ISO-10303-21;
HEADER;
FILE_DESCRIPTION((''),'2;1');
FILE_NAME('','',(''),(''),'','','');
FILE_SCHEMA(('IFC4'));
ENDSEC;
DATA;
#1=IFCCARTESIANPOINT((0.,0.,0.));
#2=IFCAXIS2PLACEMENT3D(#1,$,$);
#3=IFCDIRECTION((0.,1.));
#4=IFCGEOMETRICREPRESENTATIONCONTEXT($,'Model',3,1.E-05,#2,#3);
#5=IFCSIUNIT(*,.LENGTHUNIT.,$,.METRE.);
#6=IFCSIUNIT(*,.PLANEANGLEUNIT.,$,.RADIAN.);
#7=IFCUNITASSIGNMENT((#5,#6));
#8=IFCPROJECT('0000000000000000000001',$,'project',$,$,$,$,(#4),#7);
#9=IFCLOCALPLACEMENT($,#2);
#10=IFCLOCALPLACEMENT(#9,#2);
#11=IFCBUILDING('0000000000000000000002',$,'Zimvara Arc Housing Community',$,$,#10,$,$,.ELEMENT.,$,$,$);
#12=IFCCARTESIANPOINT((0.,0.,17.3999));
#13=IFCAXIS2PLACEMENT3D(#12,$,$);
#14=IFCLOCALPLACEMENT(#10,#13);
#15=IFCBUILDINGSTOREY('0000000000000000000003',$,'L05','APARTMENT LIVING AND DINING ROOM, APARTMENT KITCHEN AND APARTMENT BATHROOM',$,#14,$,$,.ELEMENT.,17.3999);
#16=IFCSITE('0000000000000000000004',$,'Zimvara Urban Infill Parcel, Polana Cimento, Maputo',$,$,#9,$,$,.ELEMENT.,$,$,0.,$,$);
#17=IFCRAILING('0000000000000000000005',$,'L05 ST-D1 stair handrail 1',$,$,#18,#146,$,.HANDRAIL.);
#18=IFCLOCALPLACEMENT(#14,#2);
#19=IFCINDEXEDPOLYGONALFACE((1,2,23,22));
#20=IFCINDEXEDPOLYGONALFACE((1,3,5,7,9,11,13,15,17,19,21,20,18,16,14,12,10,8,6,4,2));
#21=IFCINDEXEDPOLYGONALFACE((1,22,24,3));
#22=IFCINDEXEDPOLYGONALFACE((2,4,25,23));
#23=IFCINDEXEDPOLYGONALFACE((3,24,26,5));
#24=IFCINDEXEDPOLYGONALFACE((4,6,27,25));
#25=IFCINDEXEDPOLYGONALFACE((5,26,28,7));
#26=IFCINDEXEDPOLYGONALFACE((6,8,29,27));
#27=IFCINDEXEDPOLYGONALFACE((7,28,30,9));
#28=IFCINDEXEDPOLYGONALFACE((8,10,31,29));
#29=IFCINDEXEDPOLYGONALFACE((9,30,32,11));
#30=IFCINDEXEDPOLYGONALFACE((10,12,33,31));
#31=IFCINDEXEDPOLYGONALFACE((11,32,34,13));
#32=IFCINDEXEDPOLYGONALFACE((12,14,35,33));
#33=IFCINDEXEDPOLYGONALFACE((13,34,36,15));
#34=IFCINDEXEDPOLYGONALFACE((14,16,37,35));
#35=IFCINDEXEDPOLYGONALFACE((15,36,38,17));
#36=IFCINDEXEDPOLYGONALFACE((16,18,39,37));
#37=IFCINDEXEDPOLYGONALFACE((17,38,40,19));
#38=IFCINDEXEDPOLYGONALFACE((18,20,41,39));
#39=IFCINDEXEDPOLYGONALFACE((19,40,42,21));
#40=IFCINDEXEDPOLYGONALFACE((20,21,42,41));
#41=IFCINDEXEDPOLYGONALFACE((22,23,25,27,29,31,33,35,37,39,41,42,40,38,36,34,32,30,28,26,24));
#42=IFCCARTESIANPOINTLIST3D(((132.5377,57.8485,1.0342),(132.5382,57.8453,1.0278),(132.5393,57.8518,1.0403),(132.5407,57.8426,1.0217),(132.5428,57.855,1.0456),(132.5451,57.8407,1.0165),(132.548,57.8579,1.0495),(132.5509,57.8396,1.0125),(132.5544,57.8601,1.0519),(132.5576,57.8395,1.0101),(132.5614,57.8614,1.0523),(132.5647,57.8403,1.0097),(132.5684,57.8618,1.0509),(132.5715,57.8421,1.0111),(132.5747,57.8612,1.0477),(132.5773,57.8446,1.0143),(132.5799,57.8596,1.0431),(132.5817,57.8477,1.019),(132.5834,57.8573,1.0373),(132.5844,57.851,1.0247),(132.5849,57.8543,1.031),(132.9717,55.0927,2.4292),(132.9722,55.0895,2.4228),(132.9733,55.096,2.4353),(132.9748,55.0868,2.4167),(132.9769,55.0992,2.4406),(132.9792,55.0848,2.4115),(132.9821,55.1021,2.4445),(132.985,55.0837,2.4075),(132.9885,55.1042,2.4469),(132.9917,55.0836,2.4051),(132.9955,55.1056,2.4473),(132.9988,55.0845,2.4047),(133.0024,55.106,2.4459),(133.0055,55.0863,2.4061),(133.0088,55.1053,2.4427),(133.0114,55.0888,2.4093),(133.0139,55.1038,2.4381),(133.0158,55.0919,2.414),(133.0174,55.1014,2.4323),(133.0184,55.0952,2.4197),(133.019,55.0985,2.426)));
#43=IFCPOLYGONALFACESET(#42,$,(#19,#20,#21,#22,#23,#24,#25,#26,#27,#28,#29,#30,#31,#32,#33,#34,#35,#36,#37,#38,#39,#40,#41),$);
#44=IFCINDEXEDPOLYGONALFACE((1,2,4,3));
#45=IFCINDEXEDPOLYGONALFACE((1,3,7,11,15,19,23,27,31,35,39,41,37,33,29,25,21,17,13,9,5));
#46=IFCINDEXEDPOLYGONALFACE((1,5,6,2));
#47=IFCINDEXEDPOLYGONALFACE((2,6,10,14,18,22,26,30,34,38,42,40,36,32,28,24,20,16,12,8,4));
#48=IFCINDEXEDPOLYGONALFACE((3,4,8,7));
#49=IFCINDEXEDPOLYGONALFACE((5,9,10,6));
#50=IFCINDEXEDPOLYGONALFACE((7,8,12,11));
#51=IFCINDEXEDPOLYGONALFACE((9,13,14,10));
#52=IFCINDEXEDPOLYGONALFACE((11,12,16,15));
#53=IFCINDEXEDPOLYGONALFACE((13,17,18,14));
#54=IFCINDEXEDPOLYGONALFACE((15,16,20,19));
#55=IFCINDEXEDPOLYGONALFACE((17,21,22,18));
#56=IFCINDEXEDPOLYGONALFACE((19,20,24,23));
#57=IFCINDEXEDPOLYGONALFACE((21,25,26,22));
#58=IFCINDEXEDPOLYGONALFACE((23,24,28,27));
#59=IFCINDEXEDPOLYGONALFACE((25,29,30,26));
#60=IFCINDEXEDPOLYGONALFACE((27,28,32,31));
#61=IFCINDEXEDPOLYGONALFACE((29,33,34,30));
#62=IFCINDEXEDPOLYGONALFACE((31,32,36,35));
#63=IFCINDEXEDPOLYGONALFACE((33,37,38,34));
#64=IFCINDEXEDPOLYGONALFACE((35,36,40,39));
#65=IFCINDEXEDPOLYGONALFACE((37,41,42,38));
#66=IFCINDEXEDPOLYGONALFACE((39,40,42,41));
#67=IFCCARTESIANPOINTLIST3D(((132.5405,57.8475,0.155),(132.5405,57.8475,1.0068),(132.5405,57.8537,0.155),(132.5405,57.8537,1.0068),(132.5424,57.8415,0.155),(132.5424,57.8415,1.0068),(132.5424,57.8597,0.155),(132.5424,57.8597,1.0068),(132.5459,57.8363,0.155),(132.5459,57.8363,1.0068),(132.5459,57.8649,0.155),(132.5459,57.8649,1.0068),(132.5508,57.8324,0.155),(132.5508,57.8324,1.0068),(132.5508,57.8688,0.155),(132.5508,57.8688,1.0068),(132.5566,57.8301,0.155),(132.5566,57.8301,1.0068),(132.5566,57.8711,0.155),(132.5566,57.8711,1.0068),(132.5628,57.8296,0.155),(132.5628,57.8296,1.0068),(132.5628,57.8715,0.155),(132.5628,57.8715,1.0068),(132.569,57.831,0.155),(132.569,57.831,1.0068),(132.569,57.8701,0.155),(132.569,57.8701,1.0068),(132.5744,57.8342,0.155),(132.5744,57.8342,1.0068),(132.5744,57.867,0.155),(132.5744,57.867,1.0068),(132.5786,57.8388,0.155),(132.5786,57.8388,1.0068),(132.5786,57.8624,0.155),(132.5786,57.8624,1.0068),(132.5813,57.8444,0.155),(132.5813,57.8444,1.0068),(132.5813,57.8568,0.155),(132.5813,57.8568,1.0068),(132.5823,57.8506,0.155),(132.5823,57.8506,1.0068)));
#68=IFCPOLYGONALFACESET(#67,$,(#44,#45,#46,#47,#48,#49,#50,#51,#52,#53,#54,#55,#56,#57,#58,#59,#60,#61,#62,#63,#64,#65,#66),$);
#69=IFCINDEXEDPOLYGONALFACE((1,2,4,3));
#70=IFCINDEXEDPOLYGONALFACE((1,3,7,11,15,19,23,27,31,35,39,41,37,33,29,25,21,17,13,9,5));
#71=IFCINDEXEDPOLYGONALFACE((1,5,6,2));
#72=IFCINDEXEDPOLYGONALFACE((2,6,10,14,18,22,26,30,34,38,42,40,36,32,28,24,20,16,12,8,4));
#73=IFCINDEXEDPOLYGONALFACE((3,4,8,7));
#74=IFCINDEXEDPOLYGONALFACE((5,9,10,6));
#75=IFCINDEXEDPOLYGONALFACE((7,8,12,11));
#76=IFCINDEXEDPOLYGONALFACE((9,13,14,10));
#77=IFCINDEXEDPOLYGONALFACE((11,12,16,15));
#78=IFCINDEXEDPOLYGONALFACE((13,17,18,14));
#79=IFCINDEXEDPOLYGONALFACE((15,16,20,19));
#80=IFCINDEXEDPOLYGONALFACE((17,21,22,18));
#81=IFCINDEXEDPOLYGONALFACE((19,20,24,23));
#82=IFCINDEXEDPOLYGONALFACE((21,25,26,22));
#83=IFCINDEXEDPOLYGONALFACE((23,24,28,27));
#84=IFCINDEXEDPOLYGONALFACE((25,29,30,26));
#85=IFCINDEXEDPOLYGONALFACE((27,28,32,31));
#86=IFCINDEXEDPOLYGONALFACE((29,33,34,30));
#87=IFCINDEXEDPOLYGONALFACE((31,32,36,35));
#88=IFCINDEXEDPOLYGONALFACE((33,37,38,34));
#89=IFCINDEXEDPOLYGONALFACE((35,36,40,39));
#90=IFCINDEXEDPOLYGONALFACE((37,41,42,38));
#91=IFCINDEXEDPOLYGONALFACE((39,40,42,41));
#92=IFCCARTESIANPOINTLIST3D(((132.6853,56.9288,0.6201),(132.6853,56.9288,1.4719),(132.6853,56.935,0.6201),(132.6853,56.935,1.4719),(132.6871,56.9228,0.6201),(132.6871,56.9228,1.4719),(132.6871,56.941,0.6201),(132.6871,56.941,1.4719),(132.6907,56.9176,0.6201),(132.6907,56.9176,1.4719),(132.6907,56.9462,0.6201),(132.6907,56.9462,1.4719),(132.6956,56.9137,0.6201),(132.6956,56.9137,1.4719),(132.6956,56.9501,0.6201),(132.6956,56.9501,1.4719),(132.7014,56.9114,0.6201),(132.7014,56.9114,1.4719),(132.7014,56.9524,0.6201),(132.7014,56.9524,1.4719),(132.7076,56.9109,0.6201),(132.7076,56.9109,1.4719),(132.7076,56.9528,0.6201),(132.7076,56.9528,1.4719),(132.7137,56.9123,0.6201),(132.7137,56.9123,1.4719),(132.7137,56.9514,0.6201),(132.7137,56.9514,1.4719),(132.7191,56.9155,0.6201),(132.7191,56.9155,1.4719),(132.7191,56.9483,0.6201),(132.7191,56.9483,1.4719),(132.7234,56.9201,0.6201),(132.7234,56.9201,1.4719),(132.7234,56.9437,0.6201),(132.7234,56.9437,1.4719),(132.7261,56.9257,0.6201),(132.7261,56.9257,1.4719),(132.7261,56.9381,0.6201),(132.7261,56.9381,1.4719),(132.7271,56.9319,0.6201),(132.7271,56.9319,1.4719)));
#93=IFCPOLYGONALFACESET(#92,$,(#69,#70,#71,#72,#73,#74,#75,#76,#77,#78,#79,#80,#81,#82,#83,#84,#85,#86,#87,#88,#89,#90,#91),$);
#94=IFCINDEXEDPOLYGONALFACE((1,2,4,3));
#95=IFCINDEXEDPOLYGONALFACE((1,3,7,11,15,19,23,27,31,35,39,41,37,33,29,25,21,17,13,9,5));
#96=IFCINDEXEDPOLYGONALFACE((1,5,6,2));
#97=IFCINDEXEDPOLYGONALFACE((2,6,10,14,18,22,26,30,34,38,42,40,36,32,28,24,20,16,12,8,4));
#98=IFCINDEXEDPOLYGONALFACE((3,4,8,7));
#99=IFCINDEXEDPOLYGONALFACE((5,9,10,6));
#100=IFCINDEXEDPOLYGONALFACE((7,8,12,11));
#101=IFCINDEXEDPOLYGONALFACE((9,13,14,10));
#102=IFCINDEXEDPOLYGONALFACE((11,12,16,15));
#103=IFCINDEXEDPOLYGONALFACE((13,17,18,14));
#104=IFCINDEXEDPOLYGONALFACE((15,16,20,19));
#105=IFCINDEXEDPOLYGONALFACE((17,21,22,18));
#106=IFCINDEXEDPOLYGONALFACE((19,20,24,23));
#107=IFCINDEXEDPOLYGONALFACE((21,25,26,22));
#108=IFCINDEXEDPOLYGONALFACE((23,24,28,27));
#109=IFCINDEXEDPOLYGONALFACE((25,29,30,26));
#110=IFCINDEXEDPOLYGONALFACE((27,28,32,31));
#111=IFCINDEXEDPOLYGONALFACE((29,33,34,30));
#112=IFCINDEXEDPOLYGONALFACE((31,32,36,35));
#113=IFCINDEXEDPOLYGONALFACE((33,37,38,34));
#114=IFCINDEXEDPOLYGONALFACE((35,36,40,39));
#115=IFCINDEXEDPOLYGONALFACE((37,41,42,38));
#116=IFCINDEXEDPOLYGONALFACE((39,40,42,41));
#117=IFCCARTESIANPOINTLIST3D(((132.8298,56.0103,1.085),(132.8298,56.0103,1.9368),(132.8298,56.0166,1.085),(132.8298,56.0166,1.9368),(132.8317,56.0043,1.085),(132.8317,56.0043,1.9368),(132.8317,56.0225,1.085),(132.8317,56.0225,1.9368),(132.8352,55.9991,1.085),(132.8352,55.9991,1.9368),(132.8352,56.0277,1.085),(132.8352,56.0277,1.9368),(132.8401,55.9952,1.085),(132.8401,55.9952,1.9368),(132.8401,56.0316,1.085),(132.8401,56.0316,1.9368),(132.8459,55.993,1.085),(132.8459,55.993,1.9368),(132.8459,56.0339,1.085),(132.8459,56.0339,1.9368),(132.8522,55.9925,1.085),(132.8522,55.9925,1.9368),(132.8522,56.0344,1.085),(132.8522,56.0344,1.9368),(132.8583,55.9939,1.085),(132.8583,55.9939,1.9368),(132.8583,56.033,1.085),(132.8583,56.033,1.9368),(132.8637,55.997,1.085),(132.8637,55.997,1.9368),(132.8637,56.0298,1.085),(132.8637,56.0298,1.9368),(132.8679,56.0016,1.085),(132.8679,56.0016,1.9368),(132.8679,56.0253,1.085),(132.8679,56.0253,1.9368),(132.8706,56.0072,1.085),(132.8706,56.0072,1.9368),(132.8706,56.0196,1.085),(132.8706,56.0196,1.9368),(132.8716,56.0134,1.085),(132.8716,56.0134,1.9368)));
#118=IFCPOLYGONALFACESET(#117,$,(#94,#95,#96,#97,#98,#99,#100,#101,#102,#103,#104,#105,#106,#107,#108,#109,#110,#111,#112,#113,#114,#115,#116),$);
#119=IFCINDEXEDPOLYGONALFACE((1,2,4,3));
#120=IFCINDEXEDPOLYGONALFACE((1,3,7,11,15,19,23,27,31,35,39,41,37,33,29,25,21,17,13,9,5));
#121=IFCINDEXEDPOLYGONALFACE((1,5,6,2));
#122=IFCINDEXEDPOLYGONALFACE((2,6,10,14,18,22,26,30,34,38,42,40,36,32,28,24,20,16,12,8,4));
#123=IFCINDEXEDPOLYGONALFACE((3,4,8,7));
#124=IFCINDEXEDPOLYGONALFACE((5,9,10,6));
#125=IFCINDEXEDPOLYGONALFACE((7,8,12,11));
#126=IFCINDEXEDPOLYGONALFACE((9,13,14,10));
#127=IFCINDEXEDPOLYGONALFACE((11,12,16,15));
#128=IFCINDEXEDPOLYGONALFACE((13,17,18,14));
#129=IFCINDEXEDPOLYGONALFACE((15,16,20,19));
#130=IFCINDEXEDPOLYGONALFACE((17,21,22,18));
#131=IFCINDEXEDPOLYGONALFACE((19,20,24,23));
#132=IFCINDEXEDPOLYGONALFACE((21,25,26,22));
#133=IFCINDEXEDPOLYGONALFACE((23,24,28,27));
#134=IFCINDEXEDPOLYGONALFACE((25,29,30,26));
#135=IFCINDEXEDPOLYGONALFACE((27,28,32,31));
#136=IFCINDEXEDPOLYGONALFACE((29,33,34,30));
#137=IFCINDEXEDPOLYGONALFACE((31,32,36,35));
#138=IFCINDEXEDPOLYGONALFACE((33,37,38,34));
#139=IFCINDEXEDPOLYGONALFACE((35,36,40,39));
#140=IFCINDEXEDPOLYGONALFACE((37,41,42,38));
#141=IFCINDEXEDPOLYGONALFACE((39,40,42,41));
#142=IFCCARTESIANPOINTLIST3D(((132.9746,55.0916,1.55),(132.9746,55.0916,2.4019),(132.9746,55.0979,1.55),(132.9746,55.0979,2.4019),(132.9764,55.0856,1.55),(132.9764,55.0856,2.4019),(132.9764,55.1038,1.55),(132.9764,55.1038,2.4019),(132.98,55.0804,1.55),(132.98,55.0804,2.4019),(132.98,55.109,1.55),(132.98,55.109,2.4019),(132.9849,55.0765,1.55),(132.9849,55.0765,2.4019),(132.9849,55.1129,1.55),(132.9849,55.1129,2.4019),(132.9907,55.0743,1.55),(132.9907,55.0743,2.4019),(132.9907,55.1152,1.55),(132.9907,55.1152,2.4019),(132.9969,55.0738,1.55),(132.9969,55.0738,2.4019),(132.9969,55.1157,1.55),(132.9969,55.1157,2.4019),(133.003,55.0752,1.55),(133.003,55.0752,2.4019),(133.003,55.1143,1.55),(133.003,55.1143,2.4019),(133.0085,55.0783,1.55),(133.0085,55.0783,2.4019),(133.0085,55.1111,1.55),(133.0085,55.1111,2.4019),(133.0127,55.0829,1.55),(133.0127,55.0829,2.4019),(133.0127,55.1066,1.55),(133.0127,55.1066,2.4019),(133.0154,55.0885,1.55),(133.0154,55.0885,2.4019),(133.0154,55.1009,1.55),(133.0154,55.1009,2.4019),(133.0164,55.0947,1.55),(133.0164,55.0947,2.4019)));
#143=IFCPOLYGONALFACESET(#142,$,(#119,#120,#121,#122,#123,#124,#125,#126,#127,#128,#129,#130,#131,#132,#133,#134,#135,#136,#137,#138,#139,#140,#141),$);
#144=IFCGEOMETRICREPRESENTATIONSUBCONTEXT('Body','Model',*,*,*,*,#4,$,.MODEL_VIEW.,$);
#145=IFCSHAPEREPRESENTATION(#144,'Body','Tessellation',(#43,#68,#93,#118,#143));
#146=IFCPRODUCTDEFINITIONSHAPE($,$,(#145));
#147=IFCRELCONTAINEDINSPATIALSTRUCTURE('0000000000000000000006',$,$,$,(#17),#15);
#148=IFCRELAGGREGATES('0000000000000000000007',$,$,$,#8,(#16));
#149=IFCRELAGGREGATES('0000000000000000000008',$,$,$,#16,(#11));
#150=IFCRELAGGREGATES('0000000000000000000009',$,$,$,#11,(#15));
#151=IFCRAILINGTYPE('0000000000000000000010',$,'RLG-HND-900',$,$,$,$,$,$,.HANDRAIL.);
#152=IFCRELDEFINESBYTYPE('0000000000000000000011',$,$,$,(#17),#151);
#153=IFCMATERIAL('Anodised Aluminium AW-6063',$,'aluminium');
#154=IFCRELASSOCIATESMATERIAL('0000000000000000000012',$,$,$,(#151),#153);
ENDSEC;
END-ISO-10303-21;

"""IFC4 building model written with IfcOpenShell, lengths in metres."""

from ifc_helpers import new_model, si_unit, direction, frame, origin, origin_2d, place, context, subcontext, project, spatial, circle, extrude, material, type_object, element, save


model = new_model("IFC4")

# Units and contexts
model_context = context("Model", 3, precision=1e-05, world=origin(), true_north=direction((0.0, 1.0)))
body_context = subcontext(model_context, "Body", "Model", "MODEL_VIEW")
ifc_project = project(units=[si_unit("LENGTHUNIT", "METRE"), si_unit("PLANEANGLEUNIT", "RADIAN")], contexts=[model_context])

# Site, building, storey
site_placement = place(None, origin())
site = spatial("IfcSite", under=ifc_project, at=site_placement, Name="Zimvara Urban Infill Parcel, Polana Cimento, Maputo", CompositionType="ELEMENT", RefElevation=0.0)
building_placement = place(site_placement, origin())
building = spatial("IfcBuilding", under=site, at=building_placement, Name="Zimvara Arc Housing Community", CompositionType="ELEMENT")
storey_placement = place(building_placement, frame((0.0, 0.0, 17.3999)))
storey = spatial("IfcBuildingStorey", under=building, at=storey_placement, Name="L05", Description="APARTMENT LIVING AND DINING ROOM, APARTMENT KITCHEN AND APARTMENT BATHROOM", CompositionType="ELEMENT", Elevation=17.3999)

# Railing
ifc_material_1 = material(Name="Anodised Aluminium AW-6063", Category="aluminium")
railing_type_1 = type_object("IfcRailingType", Name="RLG-HND-900", PredefinedType="HANDRAIL", material=ifc_material_1)
railing_1_placement = place(storey_placement, frame((132.5613, 57.8506, 0.155)))
element("IfcRailing", 1, at=railing_1_placement, inside=storey, type_object=railing_type_1, Name="L05 ST-D1 stair handrail 1", PredefinedType="HANDRAIL", context=body_context, shape_type="SweptSolid", body=[
    extrude(circle(Radius=0.0239, at=origin_2d()), frame((0.0, 0.0, 0.876), z_axis=(0.139166, -0.883521, 0.44724), x_axis=(0.987821, 0.155594, 0.0)), (0.0, 0.0, 1.0), 3.1191),
    extrude(circle(Radius=0.021, at=origin_2d()), origin(), (0.0, 0.0, 1.0), 0.8518),
    extrude(circle(Radius=0.021, at=origin_2d()), frame((0.1448, -0.9187, 0.4651)), (0.0, 0.0, 1.0), 0.8518),
    extrude(circle(Radius=0.021, at=origin_2d()), frame((0.2893, -1.8372, 0.9299)), (0.0, 0.0, 1.0), 0.8518),
    extrude(circle(Radius=0.021, at=origin_2d()), frame((0.4341, -2.7559, 1.395)), (0.0, 0.0, 1.0), 0.8518),
])

save(model, "model.ifc")
